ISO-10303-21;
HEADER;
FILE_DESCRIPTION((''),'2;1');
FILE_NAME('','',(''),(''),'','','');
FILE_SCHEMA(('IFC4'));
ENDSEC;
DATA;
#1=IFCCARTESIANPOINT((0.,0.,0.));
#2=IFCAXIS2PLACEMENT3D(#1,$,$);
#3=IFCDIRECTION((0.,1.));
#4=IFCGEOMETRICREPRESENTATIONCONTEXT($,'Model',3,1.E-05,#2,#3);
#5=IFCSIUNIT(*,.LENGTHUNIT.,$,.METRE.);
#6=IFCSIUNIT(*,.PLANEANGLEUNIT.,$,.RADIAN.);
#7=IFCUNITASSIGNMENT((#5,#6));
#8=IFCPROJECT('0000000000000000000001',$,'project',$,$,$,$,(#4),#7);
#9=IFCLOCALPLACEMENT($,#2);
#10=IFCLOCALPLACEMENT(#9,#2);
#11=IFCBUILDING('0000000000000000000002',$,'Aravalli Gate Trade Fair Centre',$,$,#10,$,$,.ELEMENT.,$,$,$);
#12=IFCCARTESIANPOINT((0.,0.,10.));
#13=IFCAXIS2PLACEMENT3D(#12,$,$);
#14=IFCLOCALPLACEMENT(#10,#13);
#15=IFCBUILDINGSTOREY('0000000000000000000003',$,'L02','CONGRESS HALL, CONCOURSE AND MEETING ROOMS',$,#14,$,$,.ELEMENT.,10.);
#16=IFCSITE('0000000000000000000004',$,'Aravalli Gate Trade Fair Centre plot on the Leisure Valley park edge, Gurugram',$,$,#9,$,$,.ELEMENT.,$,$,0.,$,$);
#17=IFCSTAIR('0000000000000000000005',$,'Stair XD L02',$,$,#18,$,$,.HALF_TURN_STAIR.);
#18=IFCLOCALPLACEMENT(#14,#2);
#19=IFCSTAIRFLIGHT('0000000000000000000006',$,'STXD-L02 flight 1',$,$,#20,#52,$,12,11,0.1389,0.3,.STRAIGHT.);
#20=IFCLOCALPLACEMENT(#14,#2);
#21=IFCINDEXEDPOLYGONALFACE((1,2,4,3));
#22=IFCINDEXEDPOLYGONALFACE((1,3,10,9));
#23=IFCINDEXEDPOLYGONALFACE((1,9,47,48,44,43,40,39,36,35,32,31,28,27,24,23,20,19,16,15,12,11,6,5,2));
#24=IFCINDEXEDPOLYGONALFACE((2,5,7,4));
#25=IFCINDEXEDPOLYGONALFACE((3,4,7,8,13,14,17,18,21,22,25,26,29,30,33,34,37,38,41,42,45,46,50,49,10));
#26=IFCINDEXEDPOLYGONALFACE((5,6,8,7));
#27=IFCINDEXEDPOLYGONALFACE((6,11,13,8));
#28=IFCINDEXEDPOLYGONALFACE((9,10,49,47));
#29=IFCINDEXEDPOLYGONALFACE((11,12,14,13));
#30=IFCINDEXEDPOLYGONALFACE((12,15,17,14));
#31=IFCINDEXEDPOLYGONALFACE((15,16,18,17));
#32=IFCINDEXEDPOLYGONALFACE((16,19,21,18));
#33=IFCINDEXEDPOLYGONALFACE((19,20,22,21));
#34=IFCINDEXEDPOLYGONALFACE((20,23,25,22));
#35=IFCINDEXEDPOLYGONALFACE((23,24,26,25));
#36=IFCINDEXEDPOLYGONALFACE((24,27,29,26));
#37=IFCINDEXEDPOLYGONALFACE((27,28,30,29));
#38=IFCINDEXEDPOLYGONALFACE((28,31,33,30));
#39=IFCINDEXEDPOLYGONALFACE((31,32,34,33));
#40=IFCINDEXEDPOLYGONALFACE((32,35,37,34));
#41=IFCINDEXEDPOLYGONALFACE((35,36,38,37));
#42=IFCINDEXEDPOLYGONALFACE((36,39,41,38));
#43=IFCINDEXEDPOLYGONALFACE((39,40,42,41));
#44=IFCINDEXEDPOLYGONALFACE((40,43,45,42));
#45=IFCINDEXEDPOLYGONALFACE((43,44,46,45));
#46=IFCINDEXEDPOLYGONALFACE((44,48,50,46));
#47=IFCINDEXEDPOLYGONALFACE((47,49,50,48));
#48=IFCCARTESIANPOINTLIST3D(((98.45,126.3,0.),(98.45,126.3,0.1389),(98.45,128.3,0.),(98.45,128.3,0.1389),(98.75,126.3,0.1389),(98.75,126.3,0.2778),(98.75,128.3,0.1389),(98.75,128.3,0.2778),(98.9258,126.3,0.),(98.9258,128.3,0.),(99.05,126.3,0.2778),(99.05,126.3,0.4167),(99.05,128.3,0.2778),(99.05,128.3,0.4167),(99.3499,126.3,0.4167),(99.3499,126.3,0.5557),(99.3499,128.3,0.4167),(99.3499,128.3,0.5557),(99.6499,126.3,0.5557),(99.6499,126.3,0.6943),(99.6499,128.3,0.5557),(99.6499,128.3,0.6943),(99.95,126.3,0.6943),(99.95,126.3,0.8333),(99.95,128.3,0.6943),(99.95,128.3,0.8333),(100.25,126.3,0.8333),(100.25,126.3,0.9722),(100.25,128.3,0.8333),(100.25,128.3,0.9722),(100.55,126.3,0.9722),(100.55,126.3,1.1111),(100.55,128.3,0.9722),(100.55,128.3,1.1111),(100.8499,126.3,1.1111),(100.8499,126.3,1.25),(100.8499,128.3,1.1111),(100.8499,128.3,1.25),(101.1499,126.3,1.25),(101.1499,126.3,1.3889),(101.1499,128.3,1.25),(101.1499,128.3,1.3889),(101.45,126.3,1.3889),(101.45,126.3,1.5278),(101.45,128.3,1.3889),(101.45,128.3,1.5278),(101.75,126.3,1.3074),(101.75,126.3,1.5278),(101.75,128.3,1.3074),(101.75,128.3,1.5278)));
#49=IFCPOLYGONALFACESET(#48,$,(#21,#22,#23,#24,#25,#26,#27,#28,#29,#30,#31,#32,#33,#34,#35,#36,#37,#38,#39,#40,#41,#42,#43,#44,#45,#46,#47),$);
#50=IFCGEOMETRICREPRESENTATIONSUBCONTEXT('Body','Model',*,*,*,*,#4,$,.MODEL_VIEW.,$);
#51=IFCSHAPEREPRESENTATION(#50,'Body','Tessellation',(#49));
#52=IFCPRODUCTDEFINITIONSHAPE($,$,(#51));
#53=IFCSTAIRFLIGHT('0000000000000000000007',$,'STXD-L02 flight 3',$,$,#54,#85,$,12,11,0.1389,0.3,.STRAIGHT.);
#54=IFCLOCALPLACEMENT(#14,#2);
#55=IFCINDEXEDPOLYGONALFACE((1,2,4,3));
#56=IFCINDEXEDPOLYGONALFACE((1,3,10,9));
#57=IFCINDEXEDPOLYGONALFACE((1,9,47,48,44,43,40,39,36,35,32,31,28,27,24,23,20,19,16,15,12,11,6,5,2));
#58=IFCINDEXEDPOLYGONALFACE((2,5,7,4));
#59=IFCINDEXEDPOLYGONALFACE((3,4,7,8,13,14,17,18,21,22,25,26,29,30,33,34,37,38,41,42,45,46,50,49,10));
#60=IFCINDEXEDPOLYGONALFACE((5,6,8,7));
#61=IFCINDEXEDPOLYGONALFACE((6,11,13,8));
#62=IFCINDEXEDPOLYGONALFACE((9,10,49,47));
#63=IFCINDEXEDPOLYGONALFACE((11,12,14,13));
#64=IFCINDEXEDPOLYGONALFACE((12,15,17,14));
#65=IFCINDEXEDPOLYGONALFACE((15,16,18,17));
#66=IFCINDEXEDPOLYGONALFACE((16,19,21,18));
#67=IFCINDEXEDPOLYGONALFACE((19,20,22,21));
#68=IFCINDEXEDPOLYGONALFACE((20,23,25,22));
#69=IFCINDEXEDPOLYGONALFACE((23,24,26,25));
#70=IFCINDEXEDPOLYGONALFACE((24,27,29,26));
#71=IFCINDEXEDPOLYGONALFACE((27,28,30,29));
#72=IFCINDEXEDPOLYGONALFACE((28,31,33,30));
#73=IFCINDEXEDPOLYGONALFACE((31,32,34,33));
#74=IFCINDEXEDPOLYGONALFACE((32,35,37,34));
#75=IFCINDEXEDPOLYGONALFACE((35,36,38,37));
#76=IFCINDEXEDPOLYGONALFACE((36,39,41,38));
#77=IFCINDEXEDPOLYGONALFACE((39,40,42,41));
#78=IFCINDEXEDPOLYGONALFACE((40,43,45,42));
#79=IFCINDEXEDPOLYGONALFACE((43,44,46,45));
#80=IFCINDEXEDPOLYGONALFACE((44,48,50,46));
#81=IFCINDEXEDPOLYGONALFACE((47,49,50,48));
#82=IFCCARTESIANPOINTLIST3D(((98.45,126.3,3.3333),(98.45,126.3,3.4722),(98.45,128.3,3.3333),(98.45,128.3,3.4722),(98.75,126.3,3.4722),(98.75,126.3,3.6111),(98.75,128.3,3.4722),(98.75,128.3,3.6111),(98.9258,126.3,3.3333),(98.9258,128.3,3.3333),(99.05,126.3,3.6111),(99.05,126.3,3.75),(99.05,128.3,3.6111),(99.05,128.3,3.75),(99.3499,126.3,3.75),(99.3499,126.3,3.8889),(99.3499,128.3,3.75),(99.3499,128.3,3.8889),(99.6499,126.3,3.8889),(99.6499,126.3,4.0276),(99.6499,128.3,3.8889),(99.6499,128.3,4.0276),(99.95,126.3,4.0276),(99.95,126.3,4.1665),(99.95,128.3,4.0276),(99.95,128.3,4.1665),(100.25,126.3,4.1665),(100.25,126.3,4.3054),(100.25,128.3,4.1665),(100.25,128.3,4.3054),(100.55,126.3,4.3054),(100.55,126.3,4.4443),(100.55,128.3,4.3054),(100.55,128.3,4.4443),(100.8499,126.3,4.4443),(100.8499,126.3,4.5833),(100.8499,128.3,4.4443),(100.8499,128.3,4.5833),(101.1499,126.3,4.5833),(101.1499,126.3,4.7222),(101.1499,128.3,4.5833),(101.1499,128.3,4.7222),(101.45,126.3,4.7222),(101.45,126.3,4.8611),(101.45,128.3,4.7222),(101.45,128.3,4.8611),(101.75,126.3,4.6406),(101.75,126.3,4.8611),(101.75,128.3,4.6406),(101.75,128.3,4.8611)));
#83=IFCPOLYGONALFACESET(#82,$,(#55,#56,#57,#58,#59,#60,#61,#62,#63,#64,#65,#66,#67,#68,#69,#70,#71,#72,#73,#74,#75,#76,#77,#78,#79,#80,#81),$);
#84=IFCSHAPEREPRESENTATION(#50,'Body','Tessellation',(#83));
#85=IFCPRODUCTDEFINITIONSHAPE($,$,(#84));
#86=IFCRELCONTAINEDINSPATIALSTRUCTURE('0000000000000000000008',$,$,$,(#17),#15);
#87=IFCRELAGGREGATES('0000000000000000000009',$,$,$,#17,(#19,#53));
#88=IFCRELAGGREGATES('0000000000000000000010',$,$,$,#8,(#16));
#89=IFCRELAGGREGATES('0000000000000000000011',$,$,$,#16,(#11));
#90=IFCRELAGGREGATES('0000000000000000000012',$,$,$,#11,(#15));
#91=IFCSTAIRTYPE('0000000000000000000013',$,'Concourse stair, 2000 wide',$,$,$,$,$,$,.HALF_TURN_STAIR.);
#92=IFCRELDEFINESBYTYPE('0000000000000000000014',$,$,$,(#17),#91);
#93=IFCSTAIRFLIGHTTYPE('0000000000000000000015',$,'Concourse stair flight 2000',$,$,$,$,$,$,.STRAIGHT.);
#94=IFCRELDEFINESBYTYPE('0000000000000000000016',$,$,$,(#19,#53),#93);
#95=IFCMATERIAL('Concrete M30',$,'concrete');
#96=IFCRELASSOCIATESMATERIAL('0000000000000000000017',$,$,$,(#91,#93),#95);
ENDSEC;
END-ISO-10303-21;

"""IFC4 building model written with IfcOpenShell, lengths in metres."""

from ifc_helpers import new_model, si_unit, direction, frame, origin, place, context, subcontext, project, spatial, polyline, outline, extrude, material, type_object, element, aggregate, save


model = new_model("IFC4")

# Units and contexts
model_context = context("Model", 3, precision=1e-05, world=origin(), true_north=direction((0.0, 1.0)))
body_context = subcontext(model_context, "Body", "Model", "MODEL_VIEW")
ifc_project = project(units=[si_unit("LENGTHUNIT", "METRE"), si_unit("PLANEANGLEUNIT", "RADIAN")], contexts=[model_context])

# Site, building, storey
site_placement = place(None, origin())
site = spatial("IfcSite", under=ifc_project, at=site_placement, Name="Aravalli Gate Trade Fair Centre plot on the Leisure Valley park edge, Gurugram", CompositionType="ELEMENT", RefElevation=0.0)
building_placement = place(site_placement, origin())
building = spatial("IfcBuilding", under=site, at=building_placement, Name="Aravalli Gate Trade Fair Centre", CompositionType="ELEMENT")
storey_placement = place(building_placement, frame((0.0, 0.0, 10.0)))
storey = spatial("IfcBuildingStorey", under=building, at=storey_placement, Name="L02", Description="CONGRESS HALL, CONCOURSE AND MEETING ROOMS", CompositionType="ELEMENT", Elevation=10.0)

# Stair, stair flights
ifc_material_1 = material(Name="Concrete M30", Category="concrete")
stair_type = type_object("IfcStairType", Name="Concourse stair, 2000 wide", PredefinedType="HALF_TURN_STAIR", material=ifc_material_1)
stair_placement = place(storey_placement, origin())
stair = element("IfcStair", 1, at=stair_placement, inside=storey, type_object=stair_type, Name="Stair XD L02", PredefinedType="HALF_TURN_STAIR")
stair_flight_type = type_object("IfcStairFlightType", Name="Concourse stair flight 2000", PredefinedType="STRAIGHT", material=ifc_material_1)
stair_flight_1_placement = place(storey_placement, frame((98.45, 127.3, 0.0), z_axis=(0.0, 0.0, 1.0), x_axis=(1.0, 0.0, 0.0)))
stair_flight_1 = element("IfcStairFlight", 2, at=stair_flight_1_placement, type_object=stair_flight_type, Name="STXD-L02 flight 1", NumberOfRisers=12, NumberOfTreads=11, PredefinedType="STRAIGHT", RiserHeight=0.1389, TreadLength=0.3, context=body_context, shape_type="SweptSolid", body=[
    extrude(outline(polyline([(0.0, 0.0), (0.0, 0.1389), (0.3, 0.1389), (0.3, 0.2778), (0.6001, 0.2778), (0.6001, 0.4167), (0.8999, 0.4167), (0.8999, 0.5557), (1.2, 0.5557), (1.2, 0.6943), (1.5, 0.6943), (1.5, 0.8333), (1.8, 0.8333), (1.8, 0.9722), (2.1001, 0.9722), (2.1001, 1.1111), (2.3999, 1.1111), (2.3999, 1.25), (2.7, 1.25), (2.7, 1.3889), (3.0, 1.3889), (3.0, 1.5278), (3.3, 1.5278), (3.3, 1.6667), (3.3, 1.3074), (0.4758, 0.0), (0.0, 0.0)])), frame((0.0, 1.0, 0.0), z_axis=(0.0, -1.0, 0.0), x_axis=(1.0, 0.0, 0.0)), (0.0, 0.0, 1.0), 2.0),
])
stair_flight_2_placement = place(storey_placement, frame((98.45, 127.3, 3.3333), z_axis=(0.0, 0.0, 1.0), x_axis=(1.0, 0.0, 0.0)))
stair_flight_2 = element("IfcStairFlight", 3, at=stair_flight_2_placement, type_object=stair_flight_type, Name="STXD-L02 flight 3", NumberOfRisers=12, NumberOfTreads=11, PredefinedType="STRAIGHT", RiserHeight=0.1389, TreadLength=0.3, context=body_context, shape_type="SweptSolid", body=[
    extrude(outline(polyline([(0.0, 0.0), (0.0, 0.1389), (0.3, 0.1389), (0.3, 0.2778), (0.6001, 0.2778), (0.6001, 0.4167), (0.8999, 0.4167), (0.8999, 0.5557), (1.2, 0.5557), (1.2, 0.6943), (1.5, 0.6943), (1.5, 0.8333), (1.8, 0.8333), (1.8, 0.9722), (2.1001, 0.9722), (2.1001, 1.1111), (2.3999, 1.1111), (2.3999, 1.25), (2.7, 1.25), (2.7, 1.3889), (3.0, 1.3889), (3.0, 1.5278), (3.3, 1.5278), (3.3, 1.6667), (3.3, 1.3074), (0.4758, 0.0), (0.0, 0.0)])), frame((0.0, 1.0, 0.0), z_axis=(0.0, -1.0, 0.0), x_axis=(1.0, 0.0, 0.0)), (0.0, 0.0, 1.0), 2.0),
])
aggregate(stair, [stair_flight_1, stair_flight_2])

save(model, "model.ifc")
